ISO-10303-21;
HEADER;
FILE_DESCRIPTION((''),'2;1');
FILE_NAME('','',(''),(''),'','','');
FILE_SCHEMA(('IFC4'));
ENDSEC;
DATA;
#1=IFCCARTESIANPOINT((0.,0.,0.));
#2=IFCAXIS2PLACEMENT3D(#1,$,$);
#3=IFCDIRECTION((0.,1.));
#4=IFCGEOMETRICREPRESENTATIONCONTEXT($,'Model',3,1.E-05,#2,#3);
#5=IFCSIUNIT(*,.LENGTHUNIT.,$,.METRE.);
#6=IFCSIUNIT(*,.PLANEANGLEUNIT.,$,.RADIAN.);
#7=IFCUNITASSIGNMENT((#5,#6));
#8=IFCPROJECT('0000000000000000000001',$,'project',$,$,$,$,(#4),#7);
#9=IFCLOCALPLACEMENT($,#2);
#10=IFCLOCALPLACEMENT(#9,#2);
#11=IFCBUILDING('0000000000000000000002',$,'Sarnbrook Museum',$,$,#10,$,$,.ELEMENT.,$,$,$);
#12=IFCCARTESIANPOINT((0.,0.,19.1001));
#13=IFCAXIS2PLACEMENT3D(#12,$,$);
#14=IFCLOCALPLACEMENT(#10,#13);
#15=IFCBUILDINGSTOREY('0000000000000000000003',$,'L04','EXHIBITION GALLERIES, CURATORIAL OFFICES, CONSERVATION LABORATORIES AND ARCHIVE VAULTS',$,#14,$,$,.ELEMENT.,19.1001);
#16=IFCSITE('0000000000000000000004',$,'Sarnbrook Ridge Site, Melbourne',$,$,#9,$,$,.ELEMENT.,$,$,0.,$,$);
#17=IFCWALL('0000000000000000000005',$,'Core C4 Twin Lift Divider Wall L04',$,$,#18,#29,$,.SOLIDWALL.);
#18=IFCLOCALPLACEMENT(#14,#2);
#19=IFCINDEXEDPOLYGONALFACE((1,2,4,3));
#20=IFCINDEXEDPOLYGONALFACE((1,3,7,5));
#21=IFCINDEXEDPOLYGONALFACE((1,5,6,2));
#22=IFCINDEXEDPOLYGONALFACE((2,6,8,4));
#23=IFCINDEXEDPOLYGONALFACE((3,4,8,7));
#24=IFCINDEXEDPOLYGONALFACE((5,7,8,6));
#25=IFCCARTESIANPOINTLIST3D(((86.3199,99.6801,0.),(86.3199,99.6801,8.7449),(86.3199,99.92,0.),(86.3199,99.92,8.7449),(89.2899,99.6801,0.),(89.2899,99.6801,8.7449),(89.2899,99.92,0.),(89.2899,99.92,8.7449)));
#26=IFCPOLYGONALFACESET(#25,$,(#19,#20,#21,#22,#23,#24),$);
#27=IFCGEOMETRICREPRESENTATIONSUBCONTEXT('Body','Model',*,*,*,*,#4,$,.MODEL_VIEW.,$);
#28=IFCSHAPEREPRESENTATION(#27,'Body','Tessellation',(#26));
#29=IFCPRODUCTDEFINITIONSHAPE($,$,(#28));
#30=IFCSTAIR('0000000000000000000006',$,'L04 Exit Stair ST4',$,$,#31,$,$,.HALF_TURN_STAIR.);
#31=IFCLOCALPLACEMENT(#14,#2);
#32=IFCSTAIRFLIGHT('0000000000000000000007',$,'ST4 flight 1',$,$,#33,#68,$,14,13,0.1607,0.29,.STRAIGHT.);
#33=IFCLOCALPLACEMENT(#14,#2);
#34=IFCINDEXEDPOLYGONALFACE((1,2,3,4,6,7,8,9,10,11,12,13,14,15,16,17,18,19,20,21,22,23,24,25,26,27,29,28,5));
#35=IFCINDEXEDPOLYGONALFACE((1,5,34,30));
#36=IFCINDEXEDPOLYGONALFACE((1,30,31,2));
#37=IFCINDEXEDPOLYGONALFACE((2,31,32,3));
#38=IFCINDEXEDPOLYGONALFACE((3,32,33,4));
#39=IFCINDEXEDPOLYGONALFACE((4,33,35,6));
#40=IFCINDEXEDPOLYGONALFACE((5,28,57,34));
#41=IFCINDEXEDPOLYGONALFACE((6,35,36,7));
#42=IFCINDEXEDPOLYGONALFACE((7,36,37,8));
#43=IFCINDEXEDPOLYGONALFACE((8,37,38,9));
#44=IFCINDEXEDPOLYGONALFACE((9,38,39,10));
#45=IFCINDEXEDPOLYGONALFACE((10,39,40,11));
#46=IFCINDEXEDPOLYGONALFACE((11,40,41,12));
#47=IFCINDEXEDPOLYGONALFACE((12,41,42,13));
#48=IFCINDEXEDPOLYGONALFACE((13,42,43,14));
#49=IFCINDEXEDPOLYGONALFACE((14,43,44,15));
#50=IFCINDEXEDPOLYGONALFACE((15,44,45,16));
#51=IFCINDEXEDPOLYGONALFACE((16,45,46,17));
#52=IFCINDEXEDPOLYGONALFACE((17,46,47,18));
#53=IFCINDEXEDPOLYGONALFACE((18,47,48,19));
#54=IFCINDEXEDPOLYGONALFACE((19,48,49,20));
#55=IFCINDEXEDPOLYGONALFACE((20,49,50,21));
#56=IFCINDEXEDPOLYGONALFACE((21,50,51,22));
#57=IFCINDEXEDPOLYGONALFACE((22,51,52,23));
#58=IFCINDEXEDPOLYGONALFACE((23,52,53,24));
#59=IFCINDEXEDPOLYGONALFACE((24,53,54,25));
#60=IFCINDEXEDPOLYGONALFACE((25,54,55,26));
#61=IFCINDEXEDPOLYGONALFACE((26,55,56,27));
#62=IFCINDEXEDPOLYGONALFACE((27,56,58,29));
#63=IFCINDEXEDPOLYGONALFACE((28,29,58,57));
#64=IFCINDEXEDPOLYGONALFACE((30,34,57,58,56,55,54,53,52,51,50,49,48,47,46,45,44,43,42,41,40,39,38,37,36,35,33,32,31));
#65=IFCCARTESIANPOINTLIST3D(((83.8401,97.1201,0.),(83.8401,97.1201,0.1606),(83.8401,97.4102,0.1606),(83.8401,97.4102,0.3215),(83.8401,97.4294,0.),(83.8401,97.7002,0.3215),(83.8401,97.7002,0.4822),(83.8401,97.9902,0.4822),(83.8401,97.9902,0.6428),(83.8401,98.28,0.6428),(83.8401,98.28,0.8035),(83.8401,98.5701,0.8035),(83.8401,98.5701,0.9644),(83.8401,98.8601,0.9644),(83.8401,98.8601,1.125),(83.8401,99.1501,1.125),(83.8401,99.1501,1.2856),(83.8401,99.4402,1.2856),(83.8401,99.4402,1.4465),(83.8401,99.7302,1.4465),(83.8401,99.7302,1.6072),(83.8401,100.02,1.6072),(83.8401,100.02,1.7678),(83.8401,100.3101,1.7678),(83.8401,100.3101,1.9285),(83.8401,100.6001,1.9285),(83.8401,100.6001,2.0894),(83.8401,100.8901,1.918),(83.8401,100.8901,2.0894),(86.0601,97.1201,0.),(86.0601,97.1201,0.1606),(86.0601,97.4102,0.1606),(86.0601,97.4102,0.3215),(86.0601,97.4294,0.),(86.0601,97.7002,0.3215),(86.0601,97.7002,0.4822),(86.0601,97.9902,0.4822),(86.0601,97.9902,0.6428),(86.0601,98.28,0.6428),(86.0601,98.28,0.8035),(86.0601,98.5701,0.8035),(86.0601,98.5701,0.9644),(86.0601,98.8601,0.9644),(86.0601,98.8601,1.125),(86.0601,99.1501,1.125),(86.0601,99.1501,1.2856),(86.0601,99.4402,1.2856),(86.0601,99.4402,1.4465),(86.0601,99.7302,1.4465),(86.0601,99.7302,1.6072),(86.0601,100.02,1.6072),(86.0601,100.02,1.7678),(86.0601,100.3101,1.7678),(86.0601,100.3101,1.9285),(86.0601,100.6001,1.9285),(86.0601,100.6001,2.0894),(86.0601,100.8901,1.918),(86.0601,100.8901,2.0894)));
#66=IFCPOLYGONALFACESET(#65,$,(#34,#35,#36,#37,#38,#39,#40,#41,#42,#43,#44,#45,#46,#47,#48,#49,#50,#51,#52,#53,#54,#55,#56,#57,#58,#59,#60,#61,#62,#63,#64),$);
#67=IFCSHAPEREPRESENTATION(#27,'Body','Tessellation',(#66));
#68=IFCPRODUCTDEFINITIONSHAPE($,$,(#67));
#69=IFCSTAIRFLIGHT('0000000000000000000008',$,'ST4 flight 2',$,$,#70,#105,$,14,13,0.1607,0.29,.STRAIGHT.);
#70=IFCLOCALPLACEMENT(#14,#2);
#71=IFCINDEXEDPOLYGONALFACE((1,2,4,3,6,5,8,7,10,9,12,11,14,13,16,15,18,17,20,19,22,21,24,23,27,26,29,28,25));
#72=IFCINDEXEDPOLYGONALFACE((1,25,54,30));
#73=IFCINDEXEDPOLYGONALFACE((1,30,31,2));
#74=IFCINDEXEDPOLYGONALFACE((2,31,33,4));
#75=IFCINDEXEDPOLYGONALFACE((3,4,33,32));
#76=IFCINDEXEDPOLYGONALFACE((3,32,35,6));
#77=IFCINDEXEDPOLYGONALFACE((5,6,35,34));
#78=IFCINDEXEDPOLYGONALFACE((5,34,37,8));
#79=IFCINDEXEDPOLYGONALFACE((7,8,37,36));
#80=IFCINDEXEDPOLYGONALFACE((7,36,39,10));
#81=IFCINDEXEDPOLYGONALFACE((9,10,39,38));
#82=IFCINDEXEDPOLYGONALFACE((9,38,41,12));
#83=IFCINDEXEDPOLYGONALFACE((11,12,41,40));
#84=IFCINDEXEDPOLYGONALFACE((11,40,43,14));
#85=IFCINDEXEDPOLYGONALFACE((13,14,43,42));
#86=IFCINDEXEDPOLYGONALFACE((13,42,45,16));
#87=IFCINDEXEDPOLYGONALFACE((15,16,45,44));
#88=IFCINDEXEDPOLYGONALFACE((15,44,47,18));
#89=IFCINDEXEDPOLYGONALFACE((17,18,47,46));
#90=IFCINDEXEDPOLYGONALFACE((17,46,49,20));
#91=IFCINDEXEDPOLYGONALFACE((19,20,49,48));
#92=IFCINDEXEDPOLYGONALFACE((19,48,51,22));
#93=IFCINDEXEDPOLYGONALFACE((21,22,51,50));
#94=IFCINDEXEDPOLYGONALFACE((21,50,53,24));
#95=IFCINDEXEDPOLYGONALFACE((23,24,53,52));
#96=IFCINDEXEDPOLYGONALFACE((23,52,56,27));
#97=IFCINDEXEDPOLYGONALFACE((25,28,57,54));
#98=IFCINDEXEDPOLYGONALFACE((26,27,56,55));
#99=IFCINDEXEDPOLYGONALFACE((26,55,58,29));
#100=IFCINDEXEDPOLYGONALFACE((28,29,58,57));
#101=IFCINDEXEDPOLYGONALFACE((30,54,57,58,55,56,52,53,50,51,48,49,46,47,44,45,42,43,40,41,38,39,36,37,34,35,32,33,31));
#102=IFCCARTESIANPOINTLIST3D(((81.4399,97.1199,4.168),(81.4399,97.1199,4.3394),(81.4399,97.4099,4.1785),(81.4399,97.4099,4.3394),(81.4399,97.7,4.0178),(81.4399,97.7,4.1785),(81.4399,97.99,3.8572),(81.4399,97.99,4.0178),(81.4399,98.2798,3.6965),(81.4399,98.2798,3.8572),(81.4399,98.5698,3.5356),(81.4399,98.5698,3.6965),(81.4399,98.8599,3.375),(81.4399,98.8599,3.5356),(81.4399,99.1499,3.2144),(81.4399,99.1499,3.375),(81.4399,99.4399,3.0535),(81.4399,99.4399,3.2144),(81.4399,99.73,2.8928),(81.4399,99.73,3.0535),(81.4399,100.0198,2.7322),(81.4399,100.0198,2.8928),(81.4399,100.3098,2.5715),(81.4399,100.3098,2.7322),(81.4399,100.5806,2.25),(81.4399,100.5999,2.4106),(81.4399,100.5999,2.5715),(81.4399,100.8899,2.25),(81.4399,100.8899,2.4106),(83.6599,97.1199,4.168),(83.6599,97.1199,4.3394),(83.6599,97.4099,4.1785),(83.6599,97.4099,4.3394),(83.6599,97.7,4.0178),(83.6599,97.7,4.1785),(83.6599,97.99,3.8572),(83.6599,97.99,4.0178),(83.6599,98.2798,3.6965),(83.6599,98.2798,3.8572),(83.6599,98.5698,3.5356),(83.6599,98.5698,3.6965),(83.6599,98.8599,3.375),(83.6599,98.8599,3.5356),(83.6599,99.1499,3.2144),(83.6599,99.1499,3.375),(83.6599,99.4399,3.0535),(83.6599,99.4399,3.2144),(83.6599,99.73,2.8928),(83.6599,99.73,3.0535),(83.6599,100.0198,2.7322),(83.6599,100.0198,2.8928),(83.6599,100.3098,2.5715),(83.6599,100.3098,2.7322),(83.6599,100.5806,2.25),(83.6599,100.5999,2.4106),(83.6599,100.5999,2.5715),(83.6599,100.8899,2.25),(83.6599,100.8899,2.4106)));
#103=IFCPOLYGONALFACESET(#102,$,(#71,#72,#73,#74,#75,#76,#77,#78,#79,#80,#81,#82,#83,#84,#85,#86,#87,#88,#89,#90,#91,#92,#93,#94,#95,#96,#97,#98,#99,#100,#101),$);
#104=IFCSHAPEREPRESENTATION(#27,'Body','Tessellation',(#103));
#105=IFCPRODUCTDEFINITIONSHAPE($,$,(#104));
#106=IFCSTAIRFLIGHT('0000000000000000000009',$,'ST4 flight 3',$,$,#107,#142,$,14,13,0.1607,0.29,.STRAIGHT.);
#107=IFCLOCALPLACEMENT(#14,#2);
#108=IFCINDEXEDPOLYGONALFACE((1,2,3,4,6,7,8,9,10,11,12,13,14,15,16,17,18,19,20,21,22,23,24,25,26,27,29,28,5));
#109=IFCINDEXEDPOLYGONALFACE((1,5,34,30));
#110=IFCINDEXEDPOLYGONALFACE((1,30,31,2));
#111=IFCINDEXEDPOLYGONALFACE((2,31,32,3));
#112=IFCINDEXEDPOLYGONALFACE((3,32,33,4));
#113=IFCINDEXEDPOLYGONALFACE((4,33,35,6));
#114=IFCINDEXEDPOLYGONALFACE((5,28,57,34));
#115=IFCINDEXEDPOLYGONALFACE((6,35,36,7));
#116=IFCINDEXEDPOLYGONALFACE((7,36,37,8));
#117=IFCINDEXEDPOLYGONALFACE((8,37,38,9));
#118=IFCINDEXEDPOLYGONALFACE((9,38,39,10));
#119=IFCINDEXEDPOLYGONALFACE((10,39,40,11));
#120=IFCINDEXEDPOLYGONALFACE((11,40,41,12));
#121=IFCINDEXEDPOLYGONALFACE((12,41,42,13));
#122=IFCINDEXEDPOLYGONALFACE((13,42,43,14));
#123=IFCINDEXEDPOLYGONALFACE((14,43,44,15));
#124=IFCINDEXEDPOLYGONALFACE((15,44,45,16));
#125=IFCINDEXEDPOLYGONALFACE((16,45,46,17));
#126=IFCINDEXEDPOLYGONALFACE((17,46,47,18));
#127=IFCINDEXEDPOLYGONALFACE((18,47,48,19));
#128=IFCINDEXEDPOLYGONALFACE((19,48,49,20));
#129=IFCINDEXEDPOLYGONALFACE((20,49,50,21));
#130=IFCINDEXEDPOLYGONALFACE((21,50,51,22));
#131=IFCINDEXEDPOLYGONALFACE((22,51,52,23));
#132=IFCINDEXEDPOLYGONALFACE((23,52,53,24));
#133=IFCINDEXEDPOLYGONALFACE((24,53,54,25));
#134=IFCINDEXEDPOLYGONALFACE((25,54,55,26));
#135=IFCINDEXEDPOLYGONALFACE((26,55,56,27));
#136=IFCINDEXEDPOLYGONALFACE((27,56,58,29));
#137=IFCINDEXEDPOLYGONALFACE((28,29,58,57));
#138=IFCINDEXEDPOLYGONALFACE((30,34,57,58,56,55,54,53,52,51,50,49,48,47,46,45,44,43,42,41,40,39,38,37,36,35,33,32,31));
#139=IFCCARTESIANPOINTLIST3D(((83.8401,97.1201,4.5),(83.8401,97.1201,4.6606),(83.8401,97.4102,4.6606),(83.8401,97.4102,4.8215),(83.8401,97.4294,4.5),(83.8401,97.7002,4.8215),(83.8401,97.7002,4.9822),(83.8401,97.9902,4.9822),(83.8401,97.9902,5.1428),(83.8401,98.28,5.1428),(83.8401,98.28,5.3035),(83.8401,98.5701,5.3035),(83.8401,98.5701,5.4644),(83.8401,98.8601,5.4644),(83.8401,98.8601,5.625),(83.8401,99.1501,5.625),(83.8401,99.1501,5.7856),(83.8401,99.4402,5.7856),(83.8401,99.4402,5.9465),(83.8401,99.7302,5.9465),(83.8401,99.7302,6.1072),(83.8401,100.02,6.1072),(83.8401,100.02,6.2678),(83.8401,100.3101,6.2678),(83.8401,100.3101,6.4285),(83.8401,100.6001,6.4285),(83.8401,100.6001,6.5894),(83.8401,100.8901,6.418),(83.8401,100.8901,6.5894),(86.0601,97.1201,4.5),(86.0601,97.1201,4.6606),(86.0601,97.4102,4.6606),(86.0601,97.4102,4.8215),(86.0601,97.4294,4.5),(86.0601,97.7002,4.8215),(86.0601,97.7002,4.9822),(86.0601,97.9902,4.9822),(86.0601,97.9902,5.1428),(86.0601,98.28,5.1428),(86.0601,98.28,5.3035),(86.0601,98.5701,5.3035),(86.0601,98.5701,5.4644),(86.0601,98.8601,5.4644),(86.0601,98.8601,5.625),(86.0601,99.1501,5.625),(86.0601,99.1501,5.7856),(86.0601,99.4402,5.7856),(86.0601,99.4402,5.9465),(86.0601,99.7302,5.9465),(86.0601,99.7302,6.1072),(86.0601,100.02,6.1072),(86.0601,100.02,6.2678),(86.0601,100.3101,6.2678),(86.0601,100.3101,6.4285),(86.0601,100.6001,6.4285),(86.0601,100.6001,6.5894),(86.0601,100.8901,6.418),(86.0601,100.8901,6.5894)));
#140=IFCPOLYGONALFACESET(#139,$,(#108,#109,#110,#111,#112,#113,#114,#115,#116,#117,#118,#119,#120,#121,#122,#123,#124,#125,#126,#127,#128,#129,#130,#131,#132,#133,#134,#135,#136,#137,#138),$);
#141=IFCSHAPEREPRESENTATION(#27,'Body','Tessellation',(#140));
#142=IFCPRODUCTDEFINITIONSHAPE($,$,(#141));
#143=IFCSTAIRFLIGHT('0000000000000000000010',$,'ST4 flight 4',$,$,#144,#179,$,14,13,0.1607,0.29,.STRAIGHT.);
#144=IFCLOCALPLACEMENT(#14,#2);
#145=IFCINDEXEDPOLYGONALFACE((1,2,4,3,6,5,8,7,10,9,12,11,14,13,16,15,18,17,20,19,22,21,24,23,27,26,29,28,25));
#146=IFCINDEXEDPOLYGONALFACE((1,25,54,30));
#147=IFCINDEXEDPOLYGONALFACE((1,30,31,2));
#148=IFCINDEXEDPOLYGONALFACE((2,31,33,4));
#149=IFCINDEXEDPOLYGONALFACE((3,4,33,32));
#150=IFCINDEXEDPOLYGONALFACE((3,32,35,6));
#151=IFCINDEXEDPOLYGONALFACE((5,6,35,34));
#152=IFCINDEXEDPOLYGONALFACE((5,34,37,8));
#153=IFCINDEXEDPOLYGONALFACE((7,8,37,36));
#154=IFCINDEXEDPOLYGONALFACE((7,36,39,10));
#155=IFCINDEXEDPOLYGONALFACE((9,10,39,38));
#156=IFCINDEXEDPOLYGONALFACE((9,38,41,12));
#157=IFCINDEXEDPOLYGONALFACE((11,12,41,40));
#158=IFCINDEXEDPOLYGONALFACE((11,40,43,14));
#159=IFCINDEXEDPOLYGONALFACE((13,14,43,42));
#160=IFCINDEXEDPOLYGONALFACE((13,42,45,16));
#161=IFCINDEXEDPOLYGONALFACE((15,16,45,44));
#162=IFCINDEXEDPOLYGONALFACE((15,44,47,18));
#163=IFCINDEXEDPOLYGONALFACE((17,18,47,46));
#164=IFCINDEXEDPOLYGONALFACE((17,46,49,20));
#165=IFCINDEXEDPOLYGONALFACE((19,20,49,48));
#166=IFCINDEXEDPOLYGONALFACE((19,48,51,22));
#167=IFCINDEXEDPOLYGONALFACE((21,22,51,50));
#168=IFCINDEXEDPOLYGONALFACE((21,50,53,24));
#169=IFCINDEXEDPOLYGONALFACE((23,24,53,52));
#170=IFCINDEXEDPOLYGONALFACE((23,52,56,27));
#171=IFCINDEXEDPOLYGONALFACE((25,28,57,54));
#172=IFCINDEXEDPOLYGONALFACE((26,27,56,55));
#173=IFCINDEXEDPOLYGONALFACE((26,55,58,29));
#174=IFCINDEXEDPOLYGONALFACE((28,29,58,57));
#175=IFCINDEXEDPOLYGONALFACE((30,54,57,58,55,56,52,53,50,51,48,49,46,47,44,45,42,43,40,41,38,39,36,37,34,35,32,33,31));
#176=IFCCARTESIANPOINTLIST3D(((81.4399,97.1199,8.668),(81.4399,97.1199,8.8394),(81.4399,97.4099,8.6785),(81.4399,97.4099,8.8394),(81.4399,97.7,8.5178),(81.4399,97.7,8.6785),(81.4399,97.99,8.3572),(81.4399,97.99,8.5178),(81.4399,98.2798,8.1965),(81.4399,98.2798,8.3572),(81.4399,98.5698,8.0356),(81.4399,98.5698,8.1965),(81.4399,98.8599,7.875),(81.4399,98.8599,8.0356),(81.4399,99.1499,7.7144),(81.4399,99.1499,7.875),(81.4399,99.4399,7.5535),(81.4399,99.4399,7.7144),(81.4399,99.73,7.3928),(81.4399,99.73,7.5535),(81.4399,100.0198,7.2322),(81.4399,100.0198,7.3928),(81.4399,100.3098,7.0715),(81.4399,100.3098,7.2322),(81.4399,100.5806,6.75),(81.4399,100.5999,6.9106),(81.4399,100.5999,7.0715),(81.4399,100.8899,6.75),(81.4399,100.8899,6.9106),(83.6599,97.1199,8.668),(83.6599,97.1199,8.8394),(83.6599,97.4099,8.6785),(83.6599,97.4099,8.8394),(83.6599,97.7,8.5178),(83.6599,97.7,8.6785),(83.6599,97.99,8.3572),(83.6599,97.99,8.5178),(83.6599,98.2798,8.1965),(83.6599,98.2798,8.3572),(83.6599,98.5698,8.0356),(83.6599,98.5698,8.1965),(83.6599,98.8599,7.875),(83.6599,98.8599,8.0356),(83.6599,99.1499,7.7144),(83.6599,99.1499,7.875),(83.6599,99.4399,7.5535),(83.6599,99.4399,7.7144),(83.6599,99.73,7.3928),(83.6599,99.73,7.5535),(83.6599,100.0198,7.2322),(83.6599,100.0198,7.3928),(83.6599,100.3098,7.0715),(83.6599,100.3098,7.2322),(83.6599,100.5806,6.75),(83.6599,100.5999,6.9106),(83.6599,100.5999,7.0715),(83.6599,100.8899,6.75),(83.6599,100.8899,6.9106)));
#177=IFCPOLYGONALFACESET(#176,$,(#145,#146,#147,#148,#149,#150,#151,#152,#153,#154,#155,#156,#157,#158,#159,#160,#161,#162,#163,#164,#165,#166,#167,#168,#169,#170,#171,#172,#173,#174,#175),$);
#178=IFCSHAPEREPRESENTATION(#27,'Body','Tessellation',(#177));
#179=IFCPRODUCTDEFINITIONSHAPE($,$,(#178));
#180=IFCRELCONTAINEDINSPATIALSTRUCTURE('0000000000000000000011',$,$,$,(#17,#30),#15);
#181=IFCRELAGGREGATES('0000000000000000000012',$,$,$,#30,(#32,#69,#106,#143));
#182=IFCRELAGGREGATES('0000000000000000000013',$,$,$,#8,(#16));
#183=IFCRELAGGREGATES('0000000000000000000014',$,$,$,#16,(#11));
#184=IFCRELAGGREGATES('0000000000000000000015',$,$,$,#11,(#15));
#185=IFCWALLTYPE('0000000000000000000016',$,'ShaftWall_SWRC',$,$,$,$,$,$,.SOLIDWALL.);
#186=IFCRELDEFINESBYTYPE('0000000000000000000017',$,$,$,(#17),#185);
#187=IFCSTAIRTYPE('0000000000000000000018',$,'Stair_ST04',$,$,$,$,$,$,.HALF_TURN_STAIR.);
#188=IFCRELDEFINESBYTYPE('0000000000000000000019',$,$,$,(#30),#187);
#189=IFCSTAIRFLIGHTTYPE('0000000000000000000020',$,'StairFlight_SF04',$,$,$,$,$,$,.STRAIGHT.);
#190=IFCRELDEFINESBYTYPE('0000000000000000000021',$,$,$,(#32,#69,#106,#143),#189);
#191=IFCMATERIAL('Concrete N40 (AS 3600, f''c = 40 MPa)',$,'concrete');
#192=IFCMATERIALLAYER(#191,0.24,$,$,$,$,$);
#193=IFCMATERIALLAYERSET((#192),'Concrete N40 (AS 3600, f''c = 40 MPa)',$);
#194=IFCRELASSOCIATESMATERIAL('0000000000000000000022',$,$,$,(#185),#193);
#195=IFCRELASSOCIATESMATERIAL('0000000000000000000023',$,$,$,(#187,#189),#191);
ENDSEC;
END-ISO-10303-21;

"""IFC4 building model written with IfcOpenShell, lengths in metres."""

from ifc_helpers import new_model, si_unit, direction, frame, frame_2d, origin, place, context, subcontext, project, spatial, polyline, rectangle, outline, extrude, material, layer, layer_set, type_object, element, aggregate, save


model = new_model("IFC4")

# Units and contexts
model_context = context("Model", 3, precision=1e-05, world=origin(), true_north=direction((0.0, 1.0)))
body_context = subcontext(model_context, "Body", "Model", "MODEL_VIEW")
ifc_project = project(units=[si_unit("LENGTHUNIT", "METRE"), si_unit("PLANEANGLEUNIT", "RADIAN")], contexts=[model_context])

# Site, building, storey
site_placement = place(None, origin())
site = spatial("IfcSite", under=ifc_project, at=site_placement, Name="Sarnbrook Ridge Site, Melbourne", CompositionType="ELEMENT", RefElevation=0.0)
building_placement = place(site_placement, origin())
building = spatial("IfcBuilding", under=site, at=building_placement, Name="Sarnbrook Museum", CompositionType="ELEMENT")
storey_placement = place(building_placement, frame((0.0, 0.0, 19.1001)))
storey = spatial("IfcBuildingStorey", under=building, at=storey_placement, Name="L04", Description="EXHIBITION GALLERIES, CURATORIAL OFFICES, CONSERVATION LABORATORIES AND ARCHIVE VAULTS", CompositionType="ELEMENT", Elevation=19.1001)

# Wall
ifc_material_1 = material(Name="Concrete N40 (AS 3600, f'c = 40 MPa)", Category="concrete")
ifc_layer_1 = layer(ifc_material_1, 0.24)
ifc_layer_set_1 = layer_set([ifc_layer_1], Name="Concrete N40 (AS 3600, f'c = 40 MPa)")
wall_type_1 = type_object("IfcWallType", Name="ShaftWall_SWRC", PredefinedType="SOLIDWALL", material=ifc_layer_set_1)
wall_1_placement = place(storey_placement, frame((86.3201, 99.8, 0.0), z_axis=(0.0, 0.0, 1.0), x_axis=(1.0, 0.0, 0.0)))
element("IfcWall", 1, at=wall_1_placement, inside=storey, type_object=wall_type_1, Name="Core C4 Twin Lift Divider Wall L04", PredefinedType="SOLIDWALL", context=body_context, shape_type="SweptSolid", body=[
    extrude(rectangle(XDim=2.97, YDim=0.24, at=frame_2d((1.4849, 0.0))), origin(), (0.0, 0.0, 1.0), 8.7449),
])

# Stair, stair flights
stair_type = type_object("IfcStairType", Name="Stair_ST04", PredefinedType="HALF_TURN_STAIR", material=ifc_material_1)
stair_placement = place(storey_placement, origin())
stair = element("IfcStair", 2, at=stair_placement, inside=storey, type_object=stair_type, Name="L04 Exit Stair ST4", PredefinedType="HALF_TURN_STAIR")
stair_flight_type = type_object("IfcStairFlightType", Name="StairFlight_SF04", PredefinedType="STRAIGHT", material=ifc_material_1)
stair_flight_1_placement = place(storey_placement, frame((84.95, 97.1201, 0.0), z_axis=(0.0, 0.0, 1.0), x_axis=(0.0, 1.0, 0.0)))
stair_flight_1 = element("IfcStairFlight", 3, at=stair_flight_1_placement, type_object=stair_flight_type, Name="ST4 flight 1", NumberOfRisers=14, NumberOfTreads=13, PredefinedType="STRAIGHT", RiserHeight=0.1607, TreadLength=0.29, context=body_context, shape_type="SweptSolid", body=[
    extrude(outline(polyline([(0.0, 0.0), (0.0, 0.1606), (0.29, 0.1606), (0.29, 0.3215), (0.5801, 0.3215), (0.5801, 0.4822), (0.8701, 0.4822), (0.8701, 0.6428), (1.1599, 0.6428), (1.1599, 0.8035), (1.45, 0.8035), (1.45, 0.9644), (1.74, 0.9644), (1.74, 1.125), (2.03, 1.125), (2.03, 1.2856), (2.3201, 1.2856), (2.3201, 1.4465), (2.6101, 1.4465), (2.6101, 1.6072), (2.8999, 1.6072), (2.8999, 1.7678), (3.1899, 1.7678), (3.1899, 1.9285), (3.48, 1.9285), (3.48, 2.0894), (3.77, 2.0894), (3.77, 2.25), (3.77, 1.918), (0.3093, 0.0), (0.0, 0.0)])), frame((0.0, 1.1099, 0.0), z_axis=(0.0, -1.0, 0.0), x_axis=(1.0, 0.0, 0.0)), (0.0, 0.0, 1.0), 2.22),
])
stair_flight_2_placement = place(storey_placement, frame((82.55, 100.8899, 2.25), z_axis=(0.0, 0.0, 1.0), x_axis=(0.0, -1.0, 0.0)))
stair_flight_2 = element("IfcStairFlight", 4, at=stair_flight_2_placement, type_object=stair_flight_type, Name="ST4 flight 2", NumberOfRisers=14, NumberOfTreads=13, PredefinedType="STRAIGHT", RiserHeight=0.1607, TreadLength=0.29, context=body_context, shape_type="SweptSolid", body=[
    extrude(outline(polyline([(0.0, 0.0), (0.0, 0.1606), (0.29, 0.1606), (0.29, 0.3215), (0.5801, 0.3215), (0.5801, 0.4822), (0.8701, 0.4822), (0.8701, 0.6428), (1.1599, 0.6428), (1.1599, 0.8035), (1.45, 0.8035), (1.45, 0.9644), (1.74, 0.9644), (1.74, 1.125), (2.03, 1.125), (2.03, 1.2856), (2.3201, 1.2856), (2.3201, 1.4465), (2.6101, 1.4465), (2.6101, 1.6072), (2.8999, 1.6072), (2.8999, 1.7678), (3.1899, 1.7678), (3.1899, 1.9285), (3.48, 1.9285), (3.48, 2.0894), (3.77, 2.0894), (3.77, 2.25), (3.77, 1.918), (0.3093, 0.0), (0.0, 0.0)])), frame((0.0, 1.1099, 0.0), z_axis=(0.0, -1.0, 0.0), x_axis=(1.0, 0.0, 0.0)), (0.0, 0.0, 1.0), 2.22),
])
stair_flight_3_placement = place(storey_placement, frame((84.95, 97.1201, 4.5), z_axis=(0.0, 0.0, 1.0), x_axis=(0.0, 1.0, 0.0)))
stair_flight_3 = element("IfcStairFlight", 5, at=stair_flight_3_placement, type_object=stair_flight_type, Name="ST4 flight 3", NumberOfRisers=14, NumberOfTreads=13, PredefinedType="STRAIGHT", RiserHeight=0.1607, TreadLength=0.29, context=body_context, shape_type="SweptSolid", body=[
    extrude(outline(polyline([(0.0, 0.0), (0.0, 0.1606), (0.29, 0.1606), (0.29, 0.3215), (0.5801, 0.3215), (0.5801, 0.4822), (0.8701, 0.4822), (0.8701, 0.6428), (1.1599, 0.6428), (1.1599, 0.8035), (1.45, 0.8035), (1.45, 0.9644), (1.74, 0.9644), (1.74, 1.125), (2.03, 1.125), (2.03, 1.2856), (2.3201, 1.2856), (2.3201, 1.4465), (2.6101, 1.4465), (2.6101, 1.6072), (2.8999, 1.6072), (2.8999, 1.7678), (3.1899, 1.7678), (3.1899, 1.9285), (3.48, 1.9285), (3.48, 2.0894), (3.77, 2.0894), (3.77, 2.25), (3.77, 1.918), (0.3093, 0.0), (0.0, 0.0)])), frame((0.0, 1.1099, 0.0), z_axis=(0.0, -1.0, 0.0), x_axis=(1.0, 0.0, 0.0)), (0.0, 0.0, 1.0), 2.22),
])
stair_flight_4_placement = place(storey_placement, frame((82.55, 100.8899, 6.75), z_axis=(0.0, 0.0, 1.0), x_axis=(0.0, -1.0, 0.0)))
stair_flight_4 = element("IfcStairFlight", 6, at=stair_flight_4_placement, type_object=stair_flight_type, Name="ST4 flight 4", NumberOfRisers=14, NumberOfTreads=13, PredefinedType="STRAIGHT", RiserHeight=0.1607, TreadLength=0.29, context=body_context, shape_type="SweptSolid", body=[
    extrude(outline(polyline([(0.0, 0.0), (0.0, 0.1606), (0.29, 0.1606), (0.29, 0.3215), (0.5801, 0.3215), (0.5801, 0.4822), (0.8701, 0.4822), (0.8701, 0.6428), (1.1599, 0.6428), (1.1599, 0.8035), (1.45, 0.8035), (1.45, 0.9644), (1.74, 0.9644), (1.74, 1.125), (2.03, 1.125), (2.03, 1.2856), (2.3201, 1.2856), (2.3201, 1.4465), (2.6101, 1.4465), (2.6101, 1.6072), (2.8999, 1.6072), (2.8999, 1.7678), (3.1899, 1.7678), (3.1899, 1.9285), (3.48, 1.9285), (3.48, 2.0894), (3.77, 2.0894), (3.77, 2.25), (3.77, 1.918), (0.3093, 0.0), (0.0, 0.0)])), frame((0.0, 1.1099, 0.0), z_axis=(0.0, -1.0, 0.0), x_axis=(1.0, 0.0, 0.0)), (0.0, 0.0, 1.0), 2.22),
])
aggregate(stair, [stair_flight_1, stair_flight_2, stair_flight_3, stair_flight_4])

save(model, "model.ifc")
